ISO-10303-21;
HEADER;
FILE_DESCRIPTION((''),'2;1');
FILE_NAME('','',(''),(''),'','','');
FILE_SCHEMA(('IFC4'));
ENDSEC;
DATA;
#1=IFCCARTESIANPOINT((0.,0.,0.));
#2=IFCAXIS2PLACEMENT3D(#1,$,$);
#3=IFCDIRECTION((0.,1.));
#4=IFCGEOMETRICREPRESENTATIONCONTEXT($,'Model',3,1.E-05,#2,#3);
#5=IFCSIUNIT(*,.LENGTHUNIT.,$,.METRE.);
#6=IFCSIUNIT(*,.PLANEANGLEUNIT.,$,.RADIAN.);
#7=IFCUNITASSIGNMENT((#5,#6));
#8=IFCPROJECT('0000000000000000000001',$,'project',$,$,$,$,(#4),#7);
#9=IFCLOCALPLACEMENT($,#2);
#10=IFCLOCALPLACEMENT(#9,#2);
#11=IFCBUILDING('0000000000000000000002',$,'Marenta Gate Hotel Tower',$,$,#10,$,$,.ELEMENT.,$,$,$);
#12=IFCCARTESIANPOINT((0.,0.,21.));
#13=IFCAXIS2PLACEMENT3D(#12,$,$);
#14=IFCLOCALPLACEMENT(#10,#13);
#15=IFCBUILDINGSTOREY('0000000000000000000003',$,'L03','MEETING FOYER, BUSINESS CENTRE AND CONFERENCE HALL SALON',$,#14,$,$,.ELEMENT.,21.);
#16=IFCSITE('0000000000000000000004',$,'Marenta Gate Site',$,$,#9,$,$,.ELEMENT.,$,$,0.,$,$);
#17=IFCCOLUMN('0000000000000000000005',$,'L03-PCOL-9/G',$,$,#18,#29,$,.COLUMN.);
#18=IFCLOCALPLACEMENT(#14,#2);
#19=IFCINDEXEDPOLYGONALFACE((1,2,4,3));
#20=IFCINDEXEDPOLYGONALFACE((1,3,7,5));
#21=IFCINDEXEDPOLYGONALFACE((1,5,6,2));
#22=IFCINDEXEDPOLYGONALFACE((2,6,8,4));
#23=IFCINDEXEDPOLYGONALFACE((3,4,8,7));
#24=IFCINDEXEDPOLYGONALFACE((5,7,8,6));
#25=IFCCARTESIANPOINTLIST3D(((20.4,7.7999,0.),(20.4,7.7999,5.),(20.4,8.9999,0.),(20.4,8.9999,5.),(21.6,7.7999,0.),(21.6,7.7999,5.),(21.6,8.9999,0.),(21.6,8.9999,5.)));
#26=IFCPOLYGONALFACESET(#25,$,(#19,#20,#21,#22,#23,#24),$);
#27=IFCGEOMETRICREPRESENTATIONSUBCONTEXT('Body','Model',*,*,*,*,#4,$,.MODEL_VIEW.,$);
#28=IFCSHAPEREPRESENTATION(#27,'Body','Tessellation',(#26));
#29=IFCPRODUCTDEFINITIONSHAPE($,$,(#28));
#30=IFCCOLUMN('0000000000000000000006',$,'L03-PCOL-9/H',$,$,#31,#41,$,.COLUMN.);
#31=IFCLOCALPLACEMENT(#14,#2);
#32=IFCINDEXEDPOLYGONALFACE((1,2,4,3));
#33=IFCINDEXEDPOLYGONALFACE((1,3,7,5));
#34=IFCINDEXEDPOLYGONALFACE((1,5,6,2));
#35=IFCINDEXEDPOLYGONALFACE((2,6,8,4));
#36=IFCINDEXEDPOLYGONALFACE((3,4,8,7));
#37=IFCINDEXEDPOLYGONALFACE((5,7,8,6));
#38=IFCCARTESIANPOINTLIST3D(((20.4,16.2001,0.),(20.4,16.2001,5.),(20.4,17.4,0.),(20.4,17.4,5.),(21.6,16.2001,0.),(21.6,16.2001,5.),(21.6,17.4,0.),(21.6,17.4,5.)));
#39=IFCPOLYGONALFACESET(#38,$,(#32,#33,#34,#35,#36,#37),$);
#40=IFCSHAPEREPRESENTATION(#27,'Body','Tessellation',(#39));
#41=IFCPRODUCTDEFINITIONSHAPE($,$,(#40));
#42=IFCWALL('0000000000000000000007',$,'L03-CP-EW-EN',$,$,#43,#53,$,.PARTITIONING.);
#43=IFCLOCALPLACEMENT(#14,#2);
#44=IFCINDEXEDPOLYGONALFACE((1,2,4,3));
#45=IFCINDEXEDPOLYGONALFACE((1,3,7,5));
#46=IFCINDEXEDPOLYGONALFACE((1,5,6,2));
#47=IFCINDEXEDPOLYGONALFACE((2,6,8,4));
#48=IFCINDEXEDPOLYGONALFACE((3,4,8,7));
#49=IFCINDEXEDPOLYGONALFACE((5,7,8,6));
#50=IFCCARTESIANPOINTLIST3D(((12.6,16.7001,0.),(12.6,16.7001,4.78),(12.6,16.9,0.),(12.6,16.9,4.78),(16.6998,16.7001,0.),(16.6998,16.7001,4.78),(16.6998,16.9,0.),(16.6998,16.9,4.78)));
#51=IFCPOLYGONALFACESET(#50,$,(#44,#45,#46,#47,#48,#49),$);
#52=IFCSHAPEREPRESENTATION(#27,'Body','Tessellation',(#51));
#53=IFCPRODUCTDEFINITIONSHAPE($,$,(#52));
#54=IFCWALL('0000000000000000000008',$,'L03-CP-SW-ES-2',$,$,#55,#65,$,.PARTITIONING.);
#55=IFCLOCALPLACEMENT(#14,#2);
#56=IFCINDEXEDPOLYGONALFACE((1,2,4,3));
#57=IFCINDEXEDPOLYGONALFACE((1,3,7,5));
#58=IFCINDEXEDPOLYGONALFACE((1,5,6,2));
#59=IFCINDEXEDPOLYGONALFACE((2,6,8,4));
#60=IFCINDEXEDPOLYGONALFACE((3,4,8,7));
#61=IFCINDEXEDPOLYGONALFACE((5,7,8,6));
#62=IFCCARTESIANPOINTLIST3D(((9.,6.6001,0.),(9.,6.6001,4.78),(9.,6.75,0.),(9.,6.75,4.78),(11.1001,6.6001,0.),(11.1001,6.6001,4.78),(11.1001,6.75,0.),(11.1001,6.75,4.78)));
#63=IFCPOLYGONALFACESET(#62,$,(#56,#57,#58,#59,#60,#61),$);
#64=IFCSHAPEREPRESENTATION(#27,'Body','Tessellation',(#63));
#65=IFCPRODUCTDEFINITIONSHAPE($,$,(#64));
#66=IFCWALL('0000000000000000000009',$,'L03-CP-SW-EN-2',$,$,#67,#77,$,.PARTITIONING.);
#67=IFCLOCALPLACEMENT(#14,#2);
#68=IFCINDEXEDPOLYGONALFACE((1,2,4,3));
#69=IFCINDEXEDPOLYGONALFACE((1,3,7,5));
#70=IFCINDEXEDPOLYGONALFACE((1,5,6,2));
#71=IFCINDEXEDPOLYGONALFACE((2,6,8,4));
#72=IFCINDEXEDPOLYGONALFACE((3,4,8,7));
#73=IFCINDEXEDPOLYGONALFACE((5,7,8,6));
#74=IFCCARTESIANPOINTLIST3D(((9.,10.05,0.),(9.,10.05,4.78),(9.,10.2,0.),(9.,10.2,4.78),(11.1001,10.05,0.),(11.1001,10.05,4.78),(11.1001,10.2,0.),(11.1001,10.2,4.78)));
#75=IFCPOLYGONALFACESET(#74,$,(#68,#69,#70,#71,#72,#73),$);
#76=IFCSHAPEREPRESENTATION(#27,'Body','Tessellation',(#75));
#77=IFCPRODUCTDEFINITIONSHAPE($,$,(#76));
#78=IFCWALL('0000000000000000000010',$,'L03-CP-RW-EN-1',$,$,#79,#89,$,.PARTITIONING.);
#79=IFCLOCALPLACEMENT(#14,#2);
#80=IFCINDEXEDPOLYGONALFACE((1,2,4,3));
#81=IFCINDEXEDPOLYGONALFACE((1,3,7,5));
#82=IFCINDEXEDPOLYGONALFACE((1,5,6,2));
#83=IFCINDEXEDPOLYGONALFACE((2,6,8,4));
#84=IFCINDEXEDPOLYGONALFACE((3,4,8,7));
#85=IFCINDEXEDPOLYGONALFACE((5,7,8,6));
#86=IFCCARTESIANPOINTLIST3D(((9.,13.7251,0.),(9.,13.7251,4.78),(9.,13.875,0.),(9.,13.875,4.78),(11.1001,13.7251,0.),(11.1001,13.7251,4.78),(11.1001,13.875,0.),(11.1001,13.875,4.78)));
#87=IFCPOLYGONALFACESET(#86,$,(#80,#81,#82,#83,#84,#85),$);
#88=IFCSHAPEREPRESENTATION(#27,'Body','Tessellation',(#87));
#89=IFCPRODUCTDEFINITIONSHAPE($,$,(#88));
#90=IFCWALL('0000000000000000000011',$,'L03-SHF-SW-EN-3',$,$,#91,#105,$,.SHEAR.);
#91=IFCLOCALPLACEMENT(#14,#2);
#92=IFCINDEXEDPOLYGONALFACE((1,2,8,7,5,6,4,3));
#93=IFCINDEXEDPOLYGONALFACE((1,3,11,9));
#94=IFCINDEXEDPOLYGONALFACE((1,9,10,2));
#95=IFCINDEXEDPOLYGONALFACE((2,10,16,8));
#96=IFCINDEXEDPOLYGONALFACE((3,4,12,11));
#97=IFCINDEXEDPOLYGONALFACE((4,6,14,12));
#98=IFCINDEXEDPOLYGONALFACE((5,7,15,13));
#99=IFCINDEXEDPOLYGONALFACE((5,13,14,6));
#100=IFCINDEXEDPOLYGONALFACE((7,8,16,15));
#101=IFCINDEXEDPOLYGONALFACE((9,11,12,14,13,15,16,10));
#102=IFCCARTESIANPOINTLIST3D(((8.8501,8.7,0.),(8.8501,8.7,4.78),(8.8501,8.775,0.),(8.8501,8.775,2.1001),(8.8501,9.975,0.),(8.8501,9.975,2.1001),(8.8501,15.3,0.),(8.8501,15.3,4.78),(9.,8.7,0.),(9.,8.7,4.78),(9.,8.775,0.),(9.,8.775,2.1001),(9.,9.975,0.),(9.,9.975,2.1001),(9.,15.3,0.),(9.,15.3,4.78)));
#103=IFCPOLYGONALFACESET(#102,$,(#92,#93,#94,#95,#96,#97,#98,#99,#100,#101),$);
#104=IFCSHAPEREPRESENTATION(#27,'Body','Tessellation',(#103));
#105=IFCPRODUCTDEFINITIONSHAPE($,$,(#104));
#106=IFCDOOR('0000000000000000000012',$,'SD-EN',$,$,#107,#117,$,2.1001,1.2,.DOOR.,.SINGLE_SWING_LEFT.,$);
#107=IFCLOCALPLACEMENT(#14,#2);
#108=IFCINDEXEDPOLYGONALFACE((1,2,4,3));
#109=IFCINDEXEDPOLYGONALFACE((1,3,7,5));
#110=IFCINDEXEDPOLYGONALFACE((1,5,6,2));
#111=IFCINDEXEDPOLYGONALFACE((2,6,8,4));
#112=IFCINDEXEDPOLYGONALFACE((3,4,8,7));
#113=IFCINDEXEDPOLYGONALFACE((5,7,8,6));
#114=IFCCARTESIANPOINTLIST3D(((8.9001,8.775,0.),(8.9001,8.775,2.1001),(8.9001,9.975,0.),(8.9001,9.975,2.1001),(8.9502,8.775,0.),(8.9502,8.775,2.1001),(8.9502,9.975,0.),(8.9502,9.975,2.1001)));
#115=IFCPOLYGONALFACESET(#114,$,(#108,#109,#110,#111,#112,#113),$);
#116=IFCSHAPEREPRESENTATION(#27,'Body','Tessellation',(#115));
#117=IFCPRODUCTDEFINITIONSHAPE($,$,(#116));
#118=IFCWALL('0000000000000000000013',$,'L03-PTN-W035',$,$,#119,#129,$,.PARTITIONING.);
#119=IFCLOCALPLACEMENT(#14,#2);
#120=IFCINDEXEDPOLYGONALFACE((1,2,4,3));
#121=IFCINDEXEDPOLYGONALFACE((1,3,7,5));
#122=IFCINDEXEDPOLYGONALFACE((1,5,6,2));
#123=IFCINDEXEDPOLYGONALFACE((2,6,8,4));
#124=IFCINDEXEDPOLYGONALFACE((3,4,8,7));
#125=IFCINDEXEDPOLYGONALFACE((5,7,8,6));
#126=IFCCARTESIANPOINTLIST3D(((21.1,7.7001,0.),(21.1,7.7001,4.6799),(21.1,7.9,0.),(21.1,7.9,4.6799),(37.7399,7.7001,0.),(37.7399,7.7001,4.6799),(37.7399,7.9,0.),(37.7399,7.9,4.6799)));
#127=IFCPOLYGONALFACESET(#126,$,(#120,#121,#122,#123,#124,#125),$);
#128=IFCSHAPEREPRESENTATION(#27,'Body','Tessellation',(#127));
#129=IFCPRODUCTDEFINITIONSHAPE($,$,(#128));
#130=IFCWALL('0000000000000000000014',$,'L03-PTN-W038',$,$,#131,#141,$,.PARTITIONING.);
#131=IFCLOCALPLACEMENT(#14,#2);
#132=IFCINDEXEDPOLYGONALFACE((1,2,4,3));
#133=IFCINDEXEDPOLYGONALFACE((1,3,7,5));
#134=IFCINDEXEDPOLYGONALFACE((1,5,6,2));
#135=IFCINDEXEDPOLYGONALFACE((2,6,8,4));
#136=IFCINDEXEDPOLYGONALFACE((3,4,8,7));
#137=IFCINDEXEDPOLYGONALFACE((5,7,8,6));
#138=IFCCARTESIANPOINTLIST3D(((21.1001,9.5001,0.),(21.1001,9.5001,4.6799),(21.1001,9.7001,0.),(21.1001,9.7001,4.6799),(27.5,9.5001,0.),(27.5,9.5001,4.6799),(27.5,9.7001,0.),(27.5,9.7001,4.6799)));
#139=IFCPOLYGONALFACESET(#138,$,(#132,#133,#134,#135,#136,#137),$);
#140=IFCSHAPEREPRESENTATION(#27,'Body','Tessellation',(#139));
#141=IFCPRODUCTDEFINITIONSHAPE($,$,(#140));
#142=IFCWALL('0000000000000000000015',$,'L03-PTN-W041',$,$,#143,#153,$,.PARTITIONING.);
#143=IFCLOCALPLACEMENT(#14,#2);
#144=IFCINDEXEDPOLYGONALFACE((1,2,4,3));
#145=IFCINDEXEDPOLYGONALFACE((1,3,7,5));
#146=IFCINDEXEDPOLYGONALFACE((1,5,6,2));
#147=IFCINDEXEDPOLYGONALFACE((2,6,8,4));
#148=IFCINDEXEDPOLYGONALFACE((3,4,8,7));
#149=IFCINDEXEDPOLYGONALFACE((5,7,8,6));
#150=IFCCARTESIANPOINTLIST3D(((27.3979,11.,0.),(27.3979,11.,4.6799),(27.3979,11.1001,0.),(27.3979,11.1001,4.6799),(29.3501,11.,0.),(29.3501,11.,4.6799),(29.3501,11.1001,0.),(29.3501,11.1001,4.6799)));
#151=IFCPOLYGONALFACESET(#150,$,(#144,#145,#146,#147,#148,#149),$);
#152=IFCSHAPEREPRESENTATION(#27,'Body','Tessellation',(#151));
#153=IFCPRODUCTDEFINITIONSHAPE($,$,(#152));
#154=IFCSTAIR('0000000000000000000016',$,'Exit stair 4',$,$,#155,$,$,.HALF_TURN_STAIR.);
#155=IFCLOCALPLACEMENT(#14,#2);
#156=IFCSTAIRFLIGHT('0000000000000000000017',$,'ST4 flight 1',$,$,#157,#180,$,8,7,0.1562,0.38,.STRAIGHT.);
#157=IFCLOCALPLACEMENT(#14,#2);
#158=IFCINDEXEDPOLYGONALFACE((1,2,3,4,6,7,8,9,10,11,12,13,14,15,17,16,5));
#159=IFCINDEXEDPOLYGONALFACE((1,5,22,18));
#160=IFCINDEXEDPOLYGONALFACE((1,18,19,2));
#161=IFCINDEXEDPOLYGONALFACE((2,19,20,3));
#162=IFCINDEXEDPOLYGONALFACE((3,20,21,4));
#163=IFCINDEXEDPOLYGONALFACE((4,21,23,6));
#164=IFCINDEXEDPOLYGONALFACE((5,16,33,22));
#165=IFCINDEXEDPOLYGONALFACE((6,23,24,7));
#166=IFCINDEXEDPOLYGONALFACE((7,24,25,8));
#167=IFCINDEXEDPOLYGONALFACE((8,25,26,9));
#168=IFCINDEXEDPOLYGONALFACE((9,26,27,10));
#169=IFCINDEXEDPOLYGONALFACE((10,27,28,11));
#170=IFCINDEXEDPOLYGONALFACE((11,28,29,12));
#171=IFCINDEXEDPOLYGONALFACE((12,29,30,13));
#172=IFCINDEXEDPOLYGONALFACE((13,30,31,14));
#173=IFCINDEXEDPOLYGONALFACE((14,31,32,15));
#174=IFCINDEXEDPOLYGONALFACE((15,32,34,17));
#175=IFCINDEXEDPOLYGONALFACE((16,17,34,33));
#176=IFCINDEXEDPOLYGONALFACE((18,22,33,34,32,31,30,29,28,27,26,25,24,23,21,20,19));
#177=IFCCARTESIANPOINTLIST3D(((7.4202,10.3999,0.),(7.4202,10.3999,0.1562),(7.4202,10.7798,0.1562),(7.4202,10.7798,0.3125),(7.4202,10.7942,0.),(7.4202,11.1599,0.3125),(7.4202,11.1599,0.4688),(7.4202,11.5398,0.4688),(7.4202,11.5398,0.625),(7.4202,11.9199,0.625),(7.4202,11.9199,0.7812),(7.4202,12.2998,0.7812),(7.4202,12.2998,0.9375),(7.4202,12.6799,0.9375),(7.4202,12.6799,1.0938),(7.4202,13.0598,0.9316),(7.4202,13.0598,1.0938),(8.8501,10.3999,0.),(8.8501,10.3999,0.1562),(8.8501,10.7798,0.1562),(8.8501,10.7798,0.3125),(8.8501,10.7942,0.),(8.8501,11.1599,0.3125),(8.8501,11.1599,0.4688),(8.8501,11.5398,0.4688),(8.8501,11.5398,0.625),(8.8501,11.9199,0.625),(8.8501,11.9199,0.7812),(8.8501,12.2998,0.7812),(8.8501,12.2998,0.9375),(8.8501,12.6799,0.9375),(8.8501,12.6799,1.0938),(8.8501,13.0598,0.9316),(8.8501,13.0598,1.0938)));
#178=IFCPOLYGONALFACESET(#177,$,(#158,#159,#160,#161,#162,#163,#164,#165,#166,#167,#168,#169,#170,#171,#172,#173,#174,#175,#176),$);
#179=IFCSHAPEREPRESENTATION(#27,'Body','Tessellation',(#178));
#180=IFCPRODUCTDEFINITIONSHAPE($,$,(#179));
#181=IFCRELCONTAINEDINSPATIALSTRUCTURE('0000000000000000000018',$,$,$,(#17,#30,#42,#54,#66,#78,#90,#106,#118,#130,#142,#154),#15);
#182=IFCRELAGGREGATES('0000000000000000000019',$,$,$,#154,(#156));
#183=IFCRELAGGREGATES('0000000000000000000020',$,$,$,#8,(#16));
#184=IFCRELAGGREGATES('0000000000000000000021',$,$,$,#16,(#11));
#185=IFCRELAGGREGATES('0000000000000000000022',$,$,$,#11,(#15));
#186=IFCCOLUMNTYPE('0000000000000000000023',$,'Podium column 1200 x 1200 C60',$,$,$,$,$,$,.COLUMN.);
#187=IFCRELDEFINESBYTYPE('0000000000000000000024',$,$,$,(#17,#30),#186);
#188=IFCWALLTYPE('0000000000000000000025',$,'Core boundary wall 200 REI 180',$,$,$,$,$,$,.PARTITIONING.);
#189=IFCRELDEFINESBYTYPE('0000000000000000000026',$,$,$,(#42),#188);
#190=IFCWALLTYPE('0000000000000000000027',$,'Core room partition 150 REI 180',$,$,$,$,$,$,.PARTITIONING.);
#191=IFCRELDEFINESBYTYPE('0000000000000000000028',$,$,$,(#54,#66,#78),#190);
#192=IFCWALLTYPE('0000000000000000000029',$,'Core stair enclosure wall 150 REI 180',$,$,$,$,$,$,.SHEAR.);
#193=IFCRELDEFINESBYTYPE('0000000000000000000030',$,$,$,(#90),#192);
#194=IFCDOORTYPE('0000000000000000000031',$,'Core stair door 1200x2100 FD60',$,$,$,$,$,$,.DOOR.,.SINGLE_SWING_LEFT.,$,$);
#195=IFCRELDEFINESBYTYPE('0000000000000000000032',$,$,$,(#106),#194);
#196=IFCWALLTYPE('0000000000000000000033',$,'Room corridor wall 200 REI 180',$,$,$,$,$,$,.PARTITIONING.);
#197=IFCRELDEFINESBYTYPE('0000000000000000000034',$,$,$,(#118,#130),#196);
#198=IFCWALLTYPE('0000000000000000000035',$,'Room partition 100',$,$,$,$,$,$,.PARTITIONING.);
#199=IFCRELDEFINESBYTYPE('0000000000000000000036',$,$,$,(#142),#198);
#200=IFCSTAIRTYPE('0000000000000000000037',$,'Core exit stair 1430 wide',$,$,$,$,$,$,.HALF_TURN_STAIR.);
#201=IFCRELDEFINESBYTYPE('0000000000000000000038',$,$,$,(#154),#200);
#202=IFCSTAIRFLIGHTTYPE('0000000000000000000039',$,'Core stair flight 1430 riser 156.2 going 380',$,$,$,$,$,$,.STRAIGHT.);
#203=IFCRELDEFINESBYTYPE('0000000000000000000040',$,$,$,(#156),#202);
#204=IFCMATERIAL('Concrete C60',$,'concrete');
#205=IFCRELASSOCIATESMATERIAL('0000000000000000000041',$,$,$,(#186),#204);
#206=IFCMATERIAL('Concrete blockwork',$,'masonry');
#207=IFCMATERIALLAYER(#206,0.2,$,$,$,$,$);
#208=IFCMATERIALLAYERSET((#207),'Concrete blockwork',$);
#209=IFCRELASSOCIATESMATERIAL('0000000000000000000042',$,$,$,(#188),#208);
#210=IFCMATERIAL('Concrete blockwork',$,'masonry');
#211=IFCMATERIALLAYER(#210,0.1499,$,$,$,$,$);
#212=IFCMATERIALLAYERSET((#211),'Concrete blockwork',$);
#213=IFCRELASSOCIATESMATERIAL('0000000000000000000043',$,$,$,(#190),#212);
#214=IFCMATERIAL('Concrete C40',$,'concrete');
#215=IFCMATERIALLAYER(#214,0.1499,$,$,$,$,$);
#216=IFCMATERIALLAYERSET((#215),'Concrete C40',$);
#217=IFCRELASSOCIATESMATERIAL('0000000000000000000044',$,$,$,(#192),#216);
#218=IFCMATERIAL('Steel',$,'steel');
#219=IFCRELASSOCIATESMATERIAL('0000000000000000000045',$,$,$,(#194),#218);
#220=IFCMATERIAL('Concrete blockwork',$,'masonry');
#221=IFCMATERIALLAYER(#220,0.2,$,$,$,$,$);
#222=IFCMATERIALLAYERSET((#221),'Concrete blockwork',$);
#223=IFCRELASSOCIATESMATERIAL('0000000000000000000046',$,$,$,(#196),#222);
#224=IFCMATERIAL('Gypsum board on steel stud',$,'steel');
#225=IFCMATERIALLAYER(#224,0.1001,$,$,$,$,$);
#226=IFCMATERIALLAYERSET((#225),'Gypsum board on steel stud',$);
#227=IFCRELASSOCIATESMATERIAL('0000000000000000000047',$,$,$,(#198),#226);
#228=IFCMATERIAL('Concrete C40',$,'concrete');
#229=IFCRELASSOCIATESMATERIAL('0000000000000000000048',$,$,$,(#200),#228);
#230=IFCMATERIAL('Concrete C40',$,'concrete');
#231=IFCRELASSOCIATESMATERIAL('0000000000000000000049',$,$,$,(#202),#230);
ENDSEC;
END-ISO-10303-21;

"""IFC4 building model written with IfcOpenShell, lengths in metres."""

from ifc_helpers import new_model, si_unit, direction, frame, frame_2d, origin, origin_2d, place, context, subcontext, project, spatial, polyline, rectangle, outline, extrude, material, layer, layer_set, material_profile, profile_set, type_object, element, fill, aggregate, save


model = new_model("IFC4")

# Units and contexts
model_context = context("Model", 3, precision=1e-05, world=origin(), true_north=direction((0.0, 1.0)))
body_context = subcontext(model_context, "Body", "Model", "MODEL_VIEW")
ifc_project = project(units=[si_unit("LENGTHUNIT", "METRE"), si_unit("PLANEANGLEUNIT", "RADIAN")], contexts=[model_context])

# Site, building, storey
site_placement = place(None, origin())
site = spatial("IfcSite", under=ifc_project, at=site_placement, Name="Marenta Gate Site", CompositionType="ELEMENT", RefElevation=0.0)
building_placement = place(site_placement, origin())
building = spatial("IfcBuilding", under=site, at=building_placement, Name="Marenta Gate Hotel Tower", CompositionType="ELEMENT")
storey_placement = place(building_placement, frame((0.0, 0.0, 21.0)))
storey = spatial("IfcBuildingStorey", under=building, at=storey_placement, Name="L03", Description="MEETING FOYER, BUSINESS CENTRE AND CONFERENCE HALL SALON", CompositionType="ELEMENT", Elevation=21.0)

# Columns
ifc_material_1 = material(Name="Concrete C60", Category="concrete")
ifc_material_profile = material_profile(ifc_material_1, rectangle(XDim=1.2, YDim=1.2, at=origin_2d()), Name="1200 x 1200")
ifc_profile_set = profile_set([ifc_material_profile], Name="Concrete C60")
column_type = type_object("IfcColumnType", Name="Podium column 1200 x 1200 C60", PredefinedType="COLUMN", material=ifc_profile_set)
for number, where, z_axis, x_axis, name in (
    (1, (21.0, 8.3999, 0.0), (0.0, 0.0, 1.0), (1.0, 0.0, 0.0), "L03-PCOL-9/G"),
    (2, (21.0, 16.8, 0.0), (0.0, 0.0, 1.0), (1.0, 0.0, 0.0), "L03-PCOL-9/H"),
):
    element("IfcColumn", number, at=place(storey_placement, frame(where, z_axis=z_axis, x_axis=x_axis)), inside=storey, type_object=column_type, Name=name, PredefinedType="COLUMN", context=body_context, shape_type="SweptSolid", body=[
        extrude(rectangle(XDim=1.2, YDim=1.2, at=origin_2d()), origin(), (0.0, 0.0, 1.0), 5.0),
    ])

# Walls
ifc_material_2 = material(Name="Concrete blockwork", Category="masonry")
ifc_layer_1 = layer(ifc_material_2, 0.2)
ifc_layer_set_1 = layer_set([ifc_layer_1], Name="Concrete blockwork")
wall_type_1 = type_object("IfcWallType", Name="Core boundary wall 200 REI 180", PredefinedType="PARTITIONING", material=ifc_layer_set_1)
wall_1_placement = place(storey_placement, frame((12.6001, 16.8, 0.0), z_axis=(0.0, 0.0, 1.0), x_axis=(1.0, 0.0, 0.0)))
element("IfcWall", 3, at=wall_1_placement, inside=storey, type_object=wall_type_1, Name="L03-CP-EW-EN", PredefinedType="PARTITIONING", context=body_context, shape_type="SweptSolid", body=[
    extrude(rectangle(XDim=4.0999, YDim=0.2, at=frame_2d((2.0498, 0.0))), origin(), (0.0, 0.0, 1.0), 4.78),
])
ifc_material_3 = material(Name="Concrete blockwork", Category="masonry")
ifc_layer_2 = layer(ifc_material_3, 0.1499)
ifc_layer_set_2 = layer_set([ifc_layer_2], Name="Concrete blockwork")
wall_type_2 = type_object("IfcWallType", Name="Core room partition 150 REI 180", PredefinedType="PARTITIONING", material=ifc_layer_set_2)
for number, where, z_axis, x_axis, name in (
    (4, (9.0, 6.675, 0.0), (0.0, 0.0, 1.0), (1.0, 0.0, 0.0), "L03-CP-SW-ES-2"),
    (5, (9.0, 10.125, 0.0), (0.0, 0.0, 1.0), (1.0, 0.0, 0.0), "L03-CP-SW-EN-2"),
    (6, (9.0, 13.8, 0.0), (0.0, 0.0, 1.0), (1.0, 0.0, 0.0), "L03-CP-RW-EN-1"),
):
    element("IfcWall", number, at=place(storey_placement, frame(where, z_axis=z_axis, x_axis=x_axis)), inside=storey, type_object=wall_type_2, Name=name, PredefinedType="PARTITIONING", context=body_context, shape_type="SweptSolid", body=[
        extrude(rectangle(XDim=2.1001, YDim=0.1499, at=frame_2d((1.05, 0.0))), origin(), (0.0, 0.0, 1.0), 4.78),
    ])

# Wall, opening, door
ifc_material_4 = material(Name="Concrete C40", Category="concrete")
ifc_layer_3 = layer(ifc_material_4, 0.1499)
ifc_layer_set_3 = layer_set([ifc_layer_3], Name="Concrete C40")
wall_type_3 = type_object("IfcWallType", Name="Core stair enclosure wall 150 REI 180", PredefinedType="SHEAR", material=ifc_layer_set_3)
wall_2_placement = place(storey_placement, frame((8.925, 8.7, 0.0), z_axis=(0.0, 0.0, 1.0), x_axis=(0.0, 1.0, 0.0)))
wall_2 = element("IfcWall", 7, at=wall_2_placement, inside=storey, type_object=wall_type_3, Name="L03-SHF-SW-EN-3", PredefinedType="SHEAR", context=body_context, shape_type="SweptSolid", body=[
    extrude(rectangle(XDim=6.6001, YDim=0.1499, at=frame_2d((3.3, 0.0))), origin(), (0.0, 0.0, 1.0), 4.78),
])
opening_1_placement = place(wall_2_placement, frame((0.075, 0.0, 0.0)))
opening_1 = element("IfcOpeningElement", 8, at=opening_1_placement, cuts=wall_2, PredefinedType="OPENING", context=body_context, shape_type="SweptSolid", body=[
    extrude(rectangle(XDim=1.2, YDim=2.1001, at=frame_2d((0.6001, 1.05))), frame((0.0, 0.075, 0.0), z_axis=(0.0, -1.0, 0.0), x_axis=(1.0, 0.0, 0.0)), (0.0, 0.0, 1.0), 0.1499),
])
ifc_material_5 = material(Name="Steel", Category="steel")
door_type_1 = type_object("IfcDoorType", Name="Core stair door 1200x2100 FD60", OperationType="SINGLE_SWING_LEFT", PredefinedType="DOOR", material=ifc_material_5)
door_1_placement = place(opening_1_placement, origin())
door_1 = element("IfcDoor", 9, at=door_1_placement, inside=storey, type_object=door_type_1, Name="SD-EN", OperationType="SINGLE_SWING_LEFT", OverallHeight=2.1001, OverallWidth=1.2, PredefinedType="DOOR", context=body_context, shape_type="SweptSolid", body=[
    extrude(rectangle(XDim=1.2, YDim=2.1001, at=frame_2d((0.6001, 1.05))), frame((0.0, 0.0249, 0.0), z_axis=(0.0, -1.0, 0.0), x_axis=(1.0, 0.0, 0.0)), (0.0, 0.0, 1.0), 0.05),
])
fill(opening_1, door_1)

# Walls
ifc_material_6 = material(Name="Concrete blockwork", Category="masonry")
ifc_layer_4 = layer(ifc_material_6, 0.2)
ifc_layer_set_4 = layer_set([ifc_layer_4], Name="Concrete blockwork")
wall_type_4 = type_object("IfcWallType", Name="Room corridor wall 200 REI 180", PredefinedType="PARTITIONING", material=ifc_layer_set_4)
wall_3_placement = place(storey_placement, frame((21.1001, 7.8, 0.0), z_axis=(0.0, 0.0, 1.0), x_axis=(1.0, 0.0, 0.0)))
element("IfcWall", 10, at=wall_3_placement, inside=storey, type_object=wall_type_4, Name="L03-PTN-W035", PredefinedType="PARTITIONING", context=body_context, shape_type="SweptSolid", body=[
    extrude(rectangle(XDim=16.6399, YDim=0.2, at=frame_2d((8.3198, 0.0))), origin(), (0.0, 0.0, 1.0), 4.6799),
])
wall_4_placement = place(storey_placement, frame((21.1001, 9.6001, 0.0), z_axis=(0.0, 0.0, 1.0), x_axis=(1.0, 0.0, 0.0)))
element("IfcWall", 11, at=wall_4_placement, inside=storey, type_object=wall_type_4, Name="L03-PTN-W038", PredefinedType="PARTITIONING", context=body_context, shape_type="SweptSolid", body=[
    extrude(rectangle(XDim=6.3999, YDim=0.2, at=frame_2d((3.2, 0.0))), origin(), (0.0, 0.0, 1.0), 4.6799),
])
ifc_material_7 = material(Name="Gypsum board on steel stud", Category="steel")
ifc_layer_5 = layer(ifc_material_7, 0.1001)
ifc_layer_set_5 = layer_set([ifc_layer_5], Name="Gypsum board on steel stud")
wall_type_5 = type_object("IfcWallType", Name="Room partition 100", PredefinedType="PARTITIONING", material=ifc_layer_set_5)
wall_5_placement = place(storey_placement, frame((27.3979, 11.05, 0.0), z_axis=(0.0, 0.0, 1.0), x_axis=(1.0, 0.0, 0.0)))
element("IfcWall", 12, at=wall_5_placement, inside=storey, type_object=wall_type_5, Name="L03-PTN-W041", PredefinedType="PARTITIONING", context=body_context, shape_type="SweptSolid", body=[
    extrude(rectangle(XDim=1.9521, YDim=0.1001, at=frame_2d((0.9761, 0.0))), origin(), (0.0, 0.0, 1.0), 4.6799),
])

# Stair, stair flight
ifc_material_8 = material(Name="Concrete C40", Category="concrete")
stair_type = type_object("IfcStairType", Name="Core exit stair 1430 wide", PredefinedType="HALF_TURN_STAIR", material=ifc_material_8)
stair_placement = place(storey_placement, origin())
stair = element("IfcStair", 13, at=stair_placement, inside=storey, type_object=stair_type, Name="Exit stair 4", PredefinedType="HALF_TURN_STAIR")
ifc_material_9 = material(Name="Concrete C40", Category="concrete")
stair_flight_type = type_object("IfcStairFlightType", Name="Core stair flight 1430 riser 156.2 going 380", PredefinedType="STRAIGHT", material=ifc_material_9)
stair_flight_1_placement = place(storey_placement, frame((8.135, 10.3999, 0.0), z_axis=(0.0, 0.0, 1.0), x_axis=(0.0, 1.0, 0.0)))
stair_flight_1 = element("IfcStairFlight", 14, at=stair_flight_1_placement, type_object=stair_flight_type, Name="ST4 flight 1", NumberOfRisers=8, NumberOfTreads=7, PredefinedType="STRAIGHT", RiserHeight=0.1562, TreadLength=0.38, context=body_context, shape_type="SweptSolid", body=[
    extrude(outline(polyline([(0.0, 0.0), (0.0, 0.1562), (0.3799, 0.1562), (0.3799, 0.3125), (0.76, 0.3125), (0.76, 0.4688), (1.1399, 0.4688), (1.1399, 0.625), (1.52, 0.625), (1.52, 0.7812), (1.8999, 0.7812), (1.8999, 0.9375), (2.28, 0.9375), (2.28, 1.0938), (2.6599, 1.0938), (2.6599, 1.25), (2.6599, 0.9316), (0.3943, 0.0), (0.0, 0.0)])), frame((0.0, 0.7148, 0.0), z_axis=(0.0, -1.0, 0.0), x_axis=(1.0, 0.0, 0.0)), (0.0, 0.0, 1.0), 1.4299),
])
aggregate(stair, [stair_flight_1])

save(model, "model.ifc")
